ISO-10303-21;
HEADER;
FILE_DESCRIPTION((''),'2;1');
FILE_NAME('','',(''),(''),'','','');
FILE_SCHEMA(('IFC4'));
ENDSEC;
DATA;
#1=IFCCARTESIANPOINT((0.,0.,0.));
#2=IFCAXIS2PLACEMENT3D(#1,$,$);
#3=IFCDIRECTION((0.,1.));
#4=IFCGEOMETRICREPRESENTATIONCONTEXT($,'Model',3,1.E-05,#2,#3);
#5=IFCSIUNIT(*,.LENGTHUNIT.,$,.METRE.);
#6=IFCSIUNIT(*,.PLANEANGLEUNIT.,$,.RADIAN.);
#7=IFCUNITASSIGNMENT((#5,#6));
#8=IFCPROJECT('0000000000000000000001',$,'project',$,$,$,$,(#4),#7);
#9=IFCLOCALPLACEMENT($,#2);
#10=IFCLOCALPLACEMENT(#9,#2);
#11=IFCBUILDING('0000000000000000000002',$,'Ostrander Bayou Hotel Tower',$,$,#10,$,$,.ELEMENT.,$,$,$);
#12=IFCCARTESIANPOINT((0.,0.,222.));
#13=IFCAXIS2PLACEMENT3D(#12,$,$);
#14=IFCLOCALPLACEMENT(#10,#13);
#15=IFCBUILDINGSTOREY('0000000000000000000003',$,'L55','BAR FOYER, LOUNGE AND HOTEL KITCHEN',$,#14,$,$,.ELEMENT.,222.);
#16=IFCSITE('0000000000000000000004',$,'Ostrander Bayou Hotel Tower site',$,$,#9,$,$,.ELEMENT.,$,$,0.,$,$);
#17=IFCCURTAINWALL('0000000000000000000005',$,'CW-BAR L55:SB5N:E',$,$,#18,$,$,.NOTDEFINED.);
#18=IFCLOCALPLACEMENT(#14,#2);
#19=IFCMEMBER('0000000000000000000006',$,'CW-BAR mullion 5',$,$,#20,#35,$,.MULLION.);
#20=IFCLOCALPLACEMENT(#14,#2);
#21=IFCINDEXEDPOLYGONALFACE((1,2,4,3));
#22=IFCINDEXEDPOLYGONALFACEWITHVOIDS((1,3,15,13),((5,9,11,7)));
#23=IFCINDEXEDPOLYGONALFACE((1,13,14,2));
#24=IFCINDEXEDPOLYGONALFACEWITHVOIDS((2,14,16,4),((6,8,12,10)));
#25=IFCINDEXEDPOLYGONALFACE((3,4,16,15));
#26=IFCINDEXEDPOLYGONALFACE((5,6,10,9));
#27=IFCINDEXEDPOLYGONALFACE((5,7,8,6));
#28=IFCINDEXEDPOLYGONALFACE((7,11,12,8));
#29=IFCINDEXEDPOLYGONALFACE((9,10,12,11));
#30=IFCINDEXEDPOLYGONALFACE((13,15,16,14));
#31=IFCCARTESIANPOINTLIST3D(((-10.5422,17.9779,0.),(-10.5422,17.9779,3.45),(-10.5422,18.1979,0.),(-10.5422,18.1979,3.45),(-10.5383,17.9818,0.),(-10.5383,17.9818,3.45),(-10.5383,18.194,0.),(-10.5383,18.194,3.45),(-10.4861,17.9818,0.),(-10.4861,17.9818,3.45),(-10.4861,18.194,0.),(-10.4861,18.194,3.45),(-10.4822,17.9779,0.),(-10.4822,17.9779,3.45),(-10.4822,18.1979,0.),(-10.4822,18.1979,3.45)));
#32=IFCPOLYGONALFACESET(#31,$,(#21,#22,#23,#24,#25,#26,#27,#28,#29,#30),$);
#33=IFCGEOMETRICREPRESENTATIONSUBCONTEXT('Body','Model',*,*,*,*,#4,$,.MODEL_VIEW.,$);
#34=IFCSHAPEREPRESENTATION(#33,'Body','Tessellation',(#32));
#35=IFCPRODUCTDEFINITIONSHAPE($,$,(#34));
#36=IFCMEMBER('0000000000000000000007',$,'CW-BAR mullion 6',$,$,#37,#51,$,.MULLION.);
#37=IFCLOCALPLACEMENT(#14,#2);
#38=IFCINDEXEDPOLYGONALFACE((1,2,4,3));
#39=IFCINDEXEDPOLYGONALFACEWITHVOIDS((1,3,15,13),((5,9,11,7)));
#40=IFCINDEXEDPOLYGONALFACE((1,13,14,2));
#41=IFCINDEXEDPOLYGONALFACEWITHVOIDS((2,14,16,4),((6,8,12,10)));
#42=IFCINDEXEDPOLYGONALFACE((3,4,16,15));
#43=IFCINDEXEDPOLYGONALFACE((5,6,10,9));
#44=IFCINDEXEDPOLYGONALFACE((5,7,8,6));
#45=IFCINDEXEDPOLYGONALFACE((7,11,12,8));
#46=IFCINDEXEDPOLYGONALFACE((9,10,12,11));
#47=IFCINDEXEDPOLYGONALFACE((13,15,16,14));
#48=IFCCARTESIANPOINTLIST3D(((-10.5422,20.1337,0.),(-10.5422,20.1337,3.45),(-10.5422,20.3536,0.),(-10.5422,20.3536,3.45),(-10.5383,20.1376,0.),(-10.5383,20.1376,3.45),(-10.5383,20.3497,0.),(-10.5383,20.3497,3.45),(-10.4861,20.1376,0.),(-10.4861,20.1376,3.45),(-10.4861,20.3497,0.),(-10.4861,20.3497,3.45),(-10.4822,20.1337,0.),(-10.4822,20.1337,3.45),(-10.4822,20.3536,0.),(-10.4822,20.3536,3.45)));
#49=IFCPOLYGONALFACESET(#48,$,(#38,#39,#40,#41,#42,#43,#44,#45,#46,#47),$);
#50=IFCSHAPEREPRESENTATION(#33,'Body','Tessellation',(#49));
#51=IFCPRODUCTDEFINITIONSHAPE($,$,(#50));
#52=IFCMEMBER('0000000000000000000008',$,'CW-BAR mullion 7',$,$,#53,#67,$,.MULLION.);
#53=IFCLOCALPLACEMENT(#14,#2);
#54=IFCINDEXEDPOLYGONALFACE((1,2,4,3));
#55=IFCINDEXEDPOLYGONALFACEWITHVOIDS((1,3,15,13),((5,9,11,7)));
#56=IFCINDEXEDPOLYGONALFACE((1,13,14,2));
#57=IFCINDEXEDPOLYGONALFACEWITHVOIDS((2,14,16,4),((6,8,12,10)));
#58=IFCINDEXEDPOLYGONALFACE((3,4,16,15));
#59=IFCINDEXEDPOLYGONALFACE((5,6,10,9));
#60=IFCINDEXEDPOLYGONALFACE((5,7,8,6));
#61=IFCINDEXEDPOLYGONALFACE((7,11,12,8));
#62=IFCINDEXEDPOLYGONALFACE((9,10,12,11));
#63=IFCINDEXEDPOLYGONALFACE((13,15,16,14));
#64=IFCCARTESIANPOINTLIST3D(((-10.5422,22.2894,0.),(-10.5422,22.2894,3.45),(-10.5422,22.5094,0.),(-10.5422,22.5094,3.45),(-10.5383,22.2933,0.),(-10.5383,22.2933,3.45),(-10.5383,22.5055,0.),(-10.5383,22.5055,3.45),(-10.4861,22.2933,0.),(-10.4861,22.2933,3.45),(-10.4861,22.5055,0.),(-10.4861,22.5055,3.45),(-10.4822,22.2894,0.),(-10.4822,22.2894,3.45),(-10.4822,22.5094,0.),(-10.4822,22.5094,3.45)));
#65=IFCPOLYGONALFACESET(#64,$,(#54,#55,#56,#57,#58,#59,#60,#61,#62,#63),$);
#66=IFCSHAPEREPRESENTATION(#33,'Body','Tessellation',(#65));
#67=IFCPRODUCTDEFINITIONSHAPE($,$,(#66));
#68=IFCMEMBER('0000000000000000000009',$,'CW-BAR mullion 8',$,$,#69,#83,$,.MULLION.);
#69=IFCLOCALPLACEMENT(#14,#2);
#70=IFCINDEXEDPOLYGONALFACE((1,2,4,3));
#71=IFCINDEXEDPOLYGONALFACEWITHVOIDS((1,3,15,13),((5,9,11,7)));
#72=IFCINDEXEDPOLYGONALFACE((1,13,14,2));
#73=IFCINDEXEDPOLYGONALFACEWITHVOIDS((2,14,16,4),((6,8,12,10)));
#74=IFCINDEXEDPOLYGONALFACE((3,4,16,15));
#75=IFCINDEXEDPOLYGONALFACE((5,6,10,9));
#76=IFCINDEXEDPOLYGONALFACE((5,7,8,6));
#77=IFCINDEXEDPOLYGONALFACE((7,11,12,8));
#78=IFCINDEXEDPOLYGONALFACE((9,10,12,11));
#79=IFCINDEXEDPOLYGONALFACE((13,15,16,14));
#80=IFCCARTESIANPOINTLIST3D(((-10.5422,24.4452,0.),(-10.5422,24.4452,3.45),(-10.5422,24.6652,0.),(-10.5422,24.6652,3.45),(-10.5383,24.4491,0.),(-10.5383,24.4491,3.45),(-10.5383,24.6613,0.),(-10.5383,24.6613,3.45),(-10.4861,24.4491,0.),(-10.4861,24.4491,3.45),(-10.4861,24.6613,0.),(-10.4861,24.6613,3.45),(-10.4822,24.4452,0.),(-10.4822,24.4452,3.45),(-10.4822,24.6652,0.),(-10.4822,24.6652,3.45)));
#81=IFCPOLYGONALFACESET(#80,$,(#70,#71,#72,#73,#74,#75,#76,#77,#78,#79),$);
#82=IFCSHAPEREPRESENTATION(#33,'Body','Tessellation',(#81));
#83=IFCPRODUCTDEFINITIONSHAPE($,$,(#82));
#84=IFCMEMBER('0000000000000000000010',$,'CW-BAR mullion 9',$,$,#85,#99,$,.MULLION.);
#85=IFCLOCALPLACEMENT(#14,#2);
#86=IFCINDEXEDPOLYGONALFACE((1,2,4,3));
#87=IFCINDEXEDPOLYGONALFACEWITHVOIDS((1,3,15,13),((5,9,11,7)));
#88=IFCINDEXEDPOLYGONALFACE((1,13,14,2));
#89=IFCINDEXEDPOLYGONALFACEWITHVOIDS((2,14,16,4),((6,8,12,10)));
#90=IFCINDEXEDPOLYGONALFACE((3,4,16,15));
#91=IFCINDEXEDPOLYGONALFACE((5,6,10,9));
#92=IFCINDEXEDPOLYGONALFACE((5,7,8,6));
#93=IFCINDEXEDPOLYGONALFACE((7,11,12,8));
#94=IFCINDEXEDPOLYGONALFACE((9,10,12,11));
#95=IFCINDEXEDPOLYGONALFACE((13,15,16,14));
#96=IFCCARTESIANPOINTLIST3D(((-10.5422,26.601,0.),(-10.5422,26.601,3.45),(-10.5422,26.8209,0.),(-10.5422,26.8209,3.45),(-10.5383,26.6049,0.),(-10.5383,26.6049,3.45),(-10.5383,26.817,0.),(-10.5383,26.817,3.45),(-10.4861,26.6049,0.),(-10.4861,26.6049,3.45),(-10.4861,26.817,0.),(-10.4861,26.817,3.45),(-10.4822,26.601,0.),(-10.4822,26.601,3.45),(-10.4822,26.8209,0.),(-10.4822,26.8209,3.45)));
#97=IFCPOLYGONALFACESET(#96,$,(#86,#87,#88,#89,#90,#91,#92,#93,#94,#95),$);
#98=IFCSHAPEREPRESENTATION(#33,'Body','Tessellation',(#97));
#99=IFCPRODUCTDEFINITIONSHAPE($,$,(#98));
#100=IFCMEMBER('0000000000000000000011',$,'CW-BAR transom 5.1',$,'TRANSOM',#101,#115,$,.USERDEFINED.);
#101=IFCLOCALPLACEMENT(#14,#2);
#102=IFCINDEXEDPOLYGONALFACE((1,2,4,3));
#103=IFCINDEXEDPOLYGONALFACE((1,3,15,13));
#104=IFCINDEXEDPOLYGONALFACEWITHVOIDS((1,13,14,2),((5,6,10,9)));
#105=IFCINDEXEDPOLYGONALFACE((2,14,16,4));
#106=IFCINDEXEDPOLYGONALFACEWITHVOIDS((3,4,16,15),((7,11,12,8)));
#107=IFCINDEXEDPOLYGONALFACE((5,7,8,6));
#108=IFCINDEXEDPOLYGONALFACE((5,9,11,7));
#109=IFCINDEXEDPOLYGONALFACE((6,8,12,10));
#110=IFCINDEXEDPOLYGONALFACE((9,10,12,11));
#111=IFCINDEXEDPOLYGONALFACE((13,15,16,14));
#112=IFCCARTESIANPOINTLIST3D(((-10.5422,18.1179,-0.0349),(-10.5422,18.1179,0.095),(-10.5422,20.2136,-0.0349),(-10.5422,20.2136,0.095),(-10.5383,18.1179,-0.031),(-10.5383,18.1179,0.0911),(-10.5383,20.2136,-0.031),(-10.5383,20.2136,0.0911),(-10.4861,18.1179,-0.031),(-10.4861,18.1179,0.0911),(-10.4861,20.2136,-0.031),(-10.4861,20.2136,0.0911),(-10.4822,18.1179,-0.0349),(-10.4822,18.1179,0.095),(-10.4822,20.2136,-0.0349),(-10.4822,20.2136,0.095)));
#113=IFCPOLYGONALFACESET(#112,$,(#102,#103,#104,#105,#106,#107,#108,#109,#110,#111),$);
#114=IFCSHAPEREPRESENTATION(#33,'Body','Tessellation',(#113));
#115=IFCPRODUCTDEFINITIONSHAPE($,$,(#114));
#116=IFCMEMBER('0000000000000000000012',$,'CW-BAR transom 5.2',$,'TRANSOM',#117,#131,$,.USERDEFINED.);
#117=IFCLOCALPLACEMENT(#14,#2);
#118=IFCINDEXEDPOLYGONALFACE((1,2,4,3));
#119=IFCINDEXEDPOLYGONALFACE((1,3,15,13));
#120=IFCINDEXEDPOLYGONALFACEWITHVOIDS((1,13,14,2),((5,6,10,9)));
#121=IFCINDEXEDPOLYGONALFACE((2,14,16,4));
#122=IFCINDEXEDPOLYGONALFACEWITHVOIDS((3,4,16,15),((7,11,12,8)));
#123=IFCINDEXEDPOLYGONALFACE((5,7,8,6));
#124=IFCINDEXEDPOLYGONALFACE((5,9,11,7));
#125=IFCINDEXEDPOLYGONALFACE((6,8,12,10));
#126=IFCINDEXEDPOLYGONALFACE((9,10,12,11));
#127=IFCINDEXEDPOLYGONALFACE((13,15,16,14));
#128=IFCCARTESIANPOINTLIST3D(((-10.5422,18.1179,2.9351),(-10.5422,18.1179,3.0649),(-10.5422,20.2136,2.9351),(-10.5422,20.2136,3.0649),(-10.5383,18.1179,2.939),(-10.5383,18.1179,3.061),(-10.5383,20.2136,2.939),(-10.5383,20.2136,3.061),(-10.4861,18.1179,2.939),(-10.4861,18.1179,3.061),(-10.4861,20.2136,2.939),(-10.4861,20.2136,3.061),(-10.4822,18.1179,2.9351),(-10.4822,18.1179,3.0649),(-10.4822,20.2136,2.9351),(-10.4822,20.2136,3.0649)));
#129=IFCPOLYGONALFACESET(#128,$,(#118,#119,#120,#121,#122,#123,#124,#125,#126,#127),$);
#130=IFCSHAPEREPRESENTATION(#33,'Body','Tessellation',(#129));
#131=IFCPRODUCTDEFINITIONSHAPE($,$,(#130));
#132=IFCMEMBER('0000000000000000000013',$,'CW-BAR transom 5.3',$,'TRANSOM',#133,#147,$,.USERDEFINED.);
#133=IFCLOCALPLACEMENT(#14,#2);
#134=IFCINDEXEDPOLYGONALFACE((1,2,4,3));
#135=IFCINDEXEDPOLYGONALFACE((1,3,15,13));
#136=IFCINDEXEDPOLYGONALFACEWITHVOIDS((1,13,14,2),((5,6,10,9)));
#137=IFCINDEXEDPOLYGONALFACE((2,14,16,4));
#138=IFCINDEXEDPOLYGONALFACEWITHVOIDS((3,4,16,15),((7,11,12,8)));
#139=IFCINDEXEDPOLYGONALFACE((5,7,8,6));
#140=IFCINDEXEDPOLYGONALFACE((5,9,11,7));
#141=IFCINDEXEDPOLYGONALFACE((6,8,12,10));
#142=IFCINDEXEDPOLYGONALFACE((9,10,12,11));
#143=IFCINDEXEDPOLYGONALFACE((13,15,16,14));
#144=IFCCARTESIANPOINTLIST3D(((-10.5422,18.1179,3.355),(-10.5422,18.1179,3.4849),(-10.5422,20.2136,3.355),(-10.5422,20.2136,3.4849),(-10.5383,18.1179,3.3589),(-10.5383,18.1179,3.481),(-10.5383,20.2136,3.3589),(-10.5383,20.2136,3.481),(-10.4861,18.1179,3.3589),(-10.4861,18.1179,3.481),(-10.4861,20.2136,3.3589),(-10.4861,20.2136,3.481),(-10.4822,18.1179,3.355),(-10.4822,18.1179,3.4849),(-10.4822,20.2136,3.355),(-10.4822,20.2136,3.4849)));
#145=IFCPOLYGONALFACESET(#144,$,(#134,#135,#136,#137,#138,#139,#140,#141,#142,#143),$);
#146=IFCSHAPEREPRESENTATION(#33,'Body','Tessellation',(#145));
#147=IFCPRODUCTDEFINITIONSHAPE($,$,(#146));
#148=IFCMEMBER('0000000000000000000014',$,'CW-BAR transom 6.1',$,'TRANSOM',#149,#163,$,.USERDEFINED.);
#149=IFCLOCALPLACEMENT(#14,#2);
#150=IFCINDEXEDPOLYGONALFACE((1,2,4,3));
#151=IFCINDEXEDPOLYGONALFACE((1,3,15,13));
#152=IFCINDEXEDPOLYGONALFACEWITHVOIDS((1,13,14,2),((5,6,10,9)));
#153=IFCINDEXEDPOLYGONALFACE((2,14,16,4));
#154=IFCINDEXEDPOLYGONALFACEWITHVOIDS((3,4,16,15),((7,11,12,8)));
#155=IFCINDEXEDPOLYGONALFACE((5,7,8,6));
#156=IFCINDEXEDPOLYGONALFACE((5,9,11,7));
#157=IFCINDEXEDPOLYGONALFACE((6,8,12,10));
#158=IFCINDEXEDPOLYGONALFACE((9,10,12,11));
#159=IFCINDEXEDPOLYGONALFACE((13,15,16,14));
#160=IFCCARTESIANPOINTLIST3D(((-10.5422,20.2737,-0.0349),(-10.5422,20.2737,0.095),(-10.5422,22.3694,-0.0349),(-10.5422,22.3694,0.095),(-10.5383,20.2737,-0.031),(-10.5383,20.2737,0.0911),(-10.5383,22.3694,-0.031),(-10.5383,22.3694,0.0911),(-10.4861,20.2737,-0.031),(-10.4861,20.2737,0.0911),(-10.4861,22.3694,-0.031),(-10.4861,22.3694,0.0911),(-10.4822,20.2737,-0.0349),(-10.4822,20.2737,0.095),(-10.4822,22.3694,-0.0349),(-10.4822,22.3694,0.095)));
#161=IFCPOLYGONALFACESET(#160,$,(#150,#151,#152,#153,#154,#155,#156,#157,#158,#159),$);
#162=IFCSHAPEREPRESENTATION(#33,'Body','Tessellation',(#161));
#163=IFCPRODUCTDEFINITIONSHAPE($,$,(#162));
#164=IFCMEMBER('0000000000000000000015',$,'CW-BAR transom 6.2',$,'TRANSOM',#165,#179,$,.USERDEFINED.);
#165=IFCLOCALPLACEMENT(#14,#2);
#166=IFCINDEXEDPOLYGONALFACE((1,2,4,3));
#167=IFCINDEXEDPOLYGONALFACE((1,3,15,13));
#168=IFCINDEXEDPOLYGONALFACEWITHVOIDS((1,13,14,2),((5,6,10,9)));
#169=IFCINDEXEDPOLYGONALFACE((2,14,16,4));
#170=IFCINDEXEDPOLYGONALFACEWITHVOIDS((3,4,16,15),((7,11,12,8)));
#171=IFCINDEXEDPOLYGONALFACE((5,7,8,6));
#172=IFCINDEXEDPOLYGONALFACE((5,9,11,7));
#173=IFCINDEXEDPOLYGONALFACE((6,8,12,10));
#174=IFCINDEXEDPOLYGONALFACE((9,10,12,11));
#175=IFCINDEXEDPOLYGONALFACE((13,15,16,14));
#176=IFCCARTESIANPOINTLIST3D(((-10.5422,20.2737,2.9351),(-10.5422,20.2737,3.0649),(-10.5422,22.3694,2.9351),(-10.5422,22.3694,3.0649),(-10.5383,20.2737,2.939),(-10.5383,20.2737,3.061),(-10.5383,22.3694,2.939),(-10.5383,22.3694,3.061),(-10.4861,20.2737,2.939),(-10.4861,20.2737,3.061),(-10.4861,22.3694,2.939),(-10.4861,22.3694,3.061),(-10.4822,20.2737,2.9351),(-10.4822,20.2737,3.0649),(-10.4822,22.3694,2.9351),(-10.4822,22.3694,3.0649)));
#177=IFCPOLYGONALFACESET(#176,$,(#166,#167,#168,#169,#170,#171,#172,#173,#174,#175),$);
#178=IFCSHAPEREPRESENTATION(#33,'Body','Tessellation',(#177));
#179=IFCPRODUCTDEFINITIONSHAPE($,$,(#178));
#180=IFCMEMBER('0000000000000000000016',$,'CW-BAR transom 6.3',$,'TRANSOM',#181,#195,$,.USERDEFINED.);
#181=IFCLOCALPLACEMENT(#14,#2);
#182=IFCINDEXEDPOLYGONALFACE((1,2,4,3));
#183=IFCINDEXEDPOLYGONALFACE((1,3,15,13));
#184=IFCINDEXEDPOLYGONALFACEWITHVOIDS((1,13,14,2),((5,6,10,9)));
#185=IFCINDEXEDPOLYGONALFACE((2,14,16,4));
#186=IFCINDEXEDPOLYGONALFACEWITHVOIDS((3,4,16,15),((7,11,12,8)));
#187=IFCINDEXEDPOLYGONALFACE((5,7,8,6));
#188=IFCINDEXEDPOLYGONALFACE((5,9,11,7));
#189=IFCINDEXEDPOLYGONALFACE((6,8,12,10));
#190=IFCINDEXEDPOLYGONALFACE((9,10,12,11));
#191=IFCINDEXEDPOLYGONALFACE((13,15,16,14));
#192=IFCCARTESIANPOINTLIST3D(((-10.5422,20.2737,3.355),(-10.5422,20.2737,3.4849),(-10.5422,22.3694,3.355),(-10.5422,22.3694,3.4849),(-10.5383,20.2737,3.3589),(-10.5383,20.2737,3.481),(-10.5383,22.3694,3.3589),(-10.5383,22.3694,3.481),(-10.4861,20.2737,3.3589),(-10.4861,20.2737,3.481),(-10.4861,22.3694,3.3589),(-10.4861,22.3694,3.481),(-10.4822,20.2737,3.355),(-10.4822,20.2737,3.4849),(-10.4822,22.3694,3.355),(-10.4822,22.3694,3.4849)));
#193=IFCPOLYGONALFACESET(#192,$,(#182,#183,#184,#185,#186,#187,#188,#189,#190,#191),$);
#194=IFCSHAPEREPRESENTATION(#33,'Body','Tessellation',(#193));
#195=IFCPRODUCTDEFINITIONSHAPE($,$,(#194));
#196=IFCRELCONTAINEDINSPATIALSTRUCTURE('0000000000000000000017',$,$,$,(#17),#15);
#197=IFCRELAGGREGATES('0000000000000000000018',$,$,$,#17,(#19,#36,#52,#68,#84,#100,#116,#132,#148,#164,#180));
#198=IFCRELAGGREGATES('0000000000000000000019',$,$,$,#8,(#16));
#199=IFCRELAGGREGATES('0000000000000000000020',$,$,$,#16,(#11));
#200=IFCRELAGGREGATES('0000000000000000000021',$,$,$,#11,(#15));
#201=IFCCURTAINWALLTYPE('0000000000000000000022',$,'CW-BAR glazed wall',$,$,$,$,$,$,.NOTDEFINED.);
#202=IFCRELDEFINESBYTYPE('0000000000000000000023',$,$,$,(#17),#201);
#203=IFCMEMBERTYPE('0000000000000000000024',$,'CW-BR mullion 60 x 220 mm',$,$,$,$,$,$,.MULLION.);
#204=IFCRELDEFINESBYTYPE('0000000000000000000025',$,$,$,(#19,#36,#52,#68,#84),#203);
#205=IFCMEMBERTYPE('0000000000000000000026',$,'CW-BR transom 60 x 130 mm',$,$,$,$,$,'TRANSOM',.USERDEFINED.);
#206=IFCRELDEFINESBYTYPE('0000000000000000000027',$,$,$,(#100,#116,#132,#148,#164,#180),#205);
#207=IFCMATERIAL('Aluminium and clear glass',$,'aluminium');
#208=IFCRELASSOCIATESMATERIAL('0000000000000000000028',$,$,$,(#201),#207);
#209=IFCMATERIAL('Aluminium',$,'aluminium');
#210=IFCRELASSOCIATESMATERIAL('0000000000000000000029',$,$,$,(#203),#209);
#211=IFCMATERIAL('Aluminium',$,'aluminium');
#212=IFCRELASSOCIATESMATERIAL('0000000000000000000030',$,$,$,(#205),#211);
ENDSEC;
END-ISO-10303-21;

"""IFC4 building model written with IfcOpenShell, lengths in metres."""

from ifc_helpers import new_model, si_unit, direction, frame, origin, origin_2d, place, context, subcontext, project, spatial, hollow_rectangle, extrude, material, material_profile, profile_set, type_object, element, aggregate, save


model = new_model("IFC4")

# Units and contexts
model_context = context("Model", 3, precision=1e-05, world=origin(), true_north=direction((0.0, 1.0)))
body_context = subcontext(model_context, "Body", "Model", "MODEL_VIEW")
ifc_project = project(units=[si_unit("LENGTHUNIT", "METRE"), si_unit("PLANEANGLEUNIT", "RADIAN")], contexts=[model_context])

# Site, building, storey
site_placement = place(None, origin())
site = spatial("IfcSite", under=ifc_project, at=site_placement, Name="Ostrander Bayou Hotel Tower site", CompositionType="ELEMENT", RefElevation=0.0)
building_placement = place(site_placement, origin())
building = spatial("IfcBuilding", under=site, at=building_placement, Name="Ostrander Bayou Hotel Tower", CompositionType="ELEMENT")
storey_placement = place(building_placement, frame((0.0, 0.0, 222.0)))
storey = spatial("IfcBuildingStorey", under=building, at=storey_placement, Name="L55", Description="BAR FOYER, LOUNGE AND HOTEL KITCHEN", CompositionType="ELEMENT", Elevation=222.0)

# Curtain wall, members
ifc_material_1 = material(Name="Aluminium and clear glass", Category="aluminium")
curtain_wall_type = type_object("IfcCurtainWallType", Name="CW-BAR glazed wall", PredefinedType="NOTDEFINED", material=ifc_material_1)
curtain_wall_placement = place(storey_placement, origin())
curtain_wall = element("IfcCurtainWall", 1, at=curtain_wall_placement, inside=storey, type_object=curtain_wall_type, Name="CW-BAR L55:SB5N:E", PredefinedType="NOTDEFINED")
ifc_material_2 = material(Name="Aluminium", Category="aluminium")
ifc_material_profile_1 = material_profile(ifc_material_2, hollow_rectangle(XDim=0.0601, YDim=0.22, WallThickness=0.0039, at=origin_2d()))
ifc_profile_set_1 = profile_set([ifc_material_profile_1], Name="Aluminium")
member_type_1 = type_object("IfcMemberType", Name="CW-BR mullion 60 x 220 mm", PredefinedType="MULLION", material=ifc_profile_set_1)
member_1_placement = place(storey_placement, frame((-10.5122, 18.0879, 0.0), z_axis=(0.0, 0.0, 1.0), x_axis=(-1.0, 0.0, 0.0)))
member_1 = element("IfcMember", 2, at=member_1_placement, type_object=member_type_1, Name="CW-BAR mullion 5", PredefinedType="MULLION", context=body_context, shape_type="SweptSolid", body=[
    extrude(hollow_rectangle(XDim=0.0601, YDim=0.22, WallThickness=0.0039, at=origin_2d()), origin(), (0.0, 0.0, 1.0), 3.45),
])
member_2_placement = place(storey_placement, frame((-10.5122, 20.2437, 0.0), z_axis=(0.0, 0.0, 1.0), x_axis=(-1.0, 0.0, 0.0)))
member_2 = element("IfcMember", 3, at=member_2_placement, type_object=member_type_1, Name="CW-BAR mullion 6", PredefinedType="MULLION", context=body_context, shape_type="SweptSolid", body=[
    extrude(hollow_rectangle(XDim=0.0601, YDim=0.22, WallThickness=0.0039, at=origin_2d()), origin(), (0.0, 0.0, 1.0), 3.45),
])
member_3_placement = place(storey_placement, frame((-10.5122, 22.3994, 0.0), z_axis=(0.0, 0.0, 1.0), x_axis=(-1.0, 0.0, 0.0)))
member_3 = element("IfcMember", 4, at=member_3_placement, type_object=member_type_1, Name="CW-BAR mullion 7", PredefinedType="MULLION", context=body_context, shape_type="SweptSolid", body=[
    extrude(hollow_rectangle(XDim=0.0601, YDim=0.22, WallThickness=0.0039, at=origin_2d()), origin(), (0.0, 0.0, 1.0), 3.45),
])
member_4_placement = place(storey_placement, frame((-10.5122, 24.5552, 0.0), z_axis=(0.0, 0.0, 1.0), x_axis=(-1.0, 0.0, 0.0)))
member_4 = element("IfcMember", 5, at=member_4_placement, type_object=member_type_1, Name="CW-BAR mullion 8", PredefinedType="MULLION", context=body_context, shape_type="SweptSolid", body=[
    extrude(hollow_rectangle(XDim=0.0601, YDim=0.22, WallThickness=0.0039, at=origin_2d()), origin(), (0.0, 0.0, 1.0), 3.45),
])
member_5_placement = place(storey_placement, frame((-10.5122, 26.7109, 0.0), z_axis=(0.0, 0.0, 1.0), x_axis=(-1.0, 0.0, 0.0)))
member_5 = element("IfcMember", 6, at=member_5_placement, type_object=member_type_1, Name="CW-BAR mullion 9", PredefinedType="MULLION", context=body_context, shape_type="SweptSolid", body=[
    extrude(hollow_rectangle(XDim=0.0601, YDim=0.22, WallThickness=0.0039, at=origin_2d()), origin(), (0.0, 0.0, 1.0), 3.45),
])
ifc_material_3 = material(Name="Aluminium", Category="aluminium")
ifc_material_profile_2 = material_profile(ifc_material_3, hollow_rectangle(XDim=0.0601, YDim=0.1299, WallThickness=0.0039, at=origin_2d()))
ifc_profile_set_2 = profile_set([ifc_material_profile_2], Name="Aluminium")
member_type_2 = type_object("IfcMemberType", Name="CW-BR transom 60 x 130 mm", ElementType="TRANSOM", PredefinedType="USERDEFINED", material=ifc_profile_set_2)
member_6_placement = place(storey_placement, frame((-10.5122, 18.1179, 0.03), z_axis=(0.0, 1.0, 0.0), x_axis=(-1.0, 0.0, 0.0)))
member_6 = element("IfcMember", 7, at=member_6_placement, type_object=member_type_2, Name="CW-BAR transom 5.1", ObjectType="TRANSOM", PredefinedType="USERDEFINED", context=body_context, shape_type="SweptSolid", body=[
    extrude(hollow_rectangle(XDim=0.0601, YDim=0.1299, WallThickness=0.0039, at=origin_2d()), origin(), (0.0, 0.0, 1.0), 2.0957),
])
member_7_placement = place(storey_placement, frame((-10.5122, 18.1179, 3.0), z_axis=(0.0, 1.0, 0.0), x_axis=(-1.0, 0.0, 0.0)))
member_7 = element("IfcMember", 8, at=member_7_placement, type_object=member_type_2, Name="CW-BAR transom 5.2", ObjectType="TRANSOM", PredefinedType="USERDEFINED", context=body_context, shape_type="SweptSolid", body=[
    extrude(hollow_rectangle(XDim=0.0601, YDim=0.1299, WallThickness=0.0039, at=origin_2d()), origin(), (0.0, 0.0, 1.0), 2.0957),
])
member_8_placement = place(storey_placement, frame((-10.5122, 18.1179, 3.4199), z_axis=(0.0, 1.0, 0.0), x_axis=(-1.0, 0.0, 0.0)))
member_8 = element("IfcMember", 9, at=member_8_placement, type_object=member_type_2, Name="CW-BAR transom 5.3", ObjectType="TRANSOM", PredefinedType="USERDEFINED", context=body_context, shape_type="SweptSolid", body=[
    extrude(hollow_rectangle(XDim=0.0601, YDim=0.1299, WallThickness=0.0039, at=origin_2d()), origin(), (0.0, 0.0, 1.0), 2.0957),
])
member_9_placement = place(storey_placement, frame((-10.5122, 20.2737, 0.03), z_axis=(0.0, 1.0, 0.0), x_axis=(-1.0, 0.0, 0.0)))
member_9 = element("IfcMember", 10, at=member_9_placement, type_object=member_type_2, Name="CW-BAR transom 6.1", ObjectType="TRANSOM", PredefinedType="USERDEFINED", context=body_context, shape_type="SweptSolid", body=[
    extrude(hollow_rectangle(XDim=0.0601, YDim=0.1299, WallThickness=0.0039, at=origin_2d()), origin(), (0.0, 0.0, 1.0), 2.0957),
])
member_10_placement = place(storey_placement, frame((-10.5122, 20.2737, 3.0), z_axis=(0.0, 1.0, 0.0), x_axis=(-1.0, 0.0, 0.0)))
member_10 = element("IfcMember", 11, at=member_10_placement, type_object=member_type_2, Name="CW-BAR transom 6.2", ObjectType="TRANSOM", PredefinedType="USERDEFINED", context=body_context, shape_type="SweptSolid", body=[
    extrude(hollow_rectangle(XDim=0.0601, YDim=0.1299, WallThickness=0.0039, at=origin_2d()), origin(), (0.0, 0.0, 1.0), 2.0957),
])
member_11_placement = place(storey_placement, frame((-10.5122, 20.2737, 3.4199), z_axis=(0.0, 1.0, 0.0), x_axis=(-1.0, 0.0, 0.0)))
member_11 = element("IfcMember", 12, at=member_11_placement, type_object=member_type_2, Name="CW-BAR transom 6.3", ObjectType="TRANSOM", PredefinedType="USERDEFINED", context=body_context, shape_type="SweptSolid", body=[
    extrude(hollow_rectangle(XDim=0.0601, YDim=0.1299, WallThickness=0.0039, at=origin_2d()), origin(), (0.0, 0.0, 1.0), 2.0957),
])

aggregate(curtain_wall, [member_1, member_2, member_3, member_4, member_5, member_6, member_7, member_8, member_9, member_10, member_11])

save(model, "model.ifc")
